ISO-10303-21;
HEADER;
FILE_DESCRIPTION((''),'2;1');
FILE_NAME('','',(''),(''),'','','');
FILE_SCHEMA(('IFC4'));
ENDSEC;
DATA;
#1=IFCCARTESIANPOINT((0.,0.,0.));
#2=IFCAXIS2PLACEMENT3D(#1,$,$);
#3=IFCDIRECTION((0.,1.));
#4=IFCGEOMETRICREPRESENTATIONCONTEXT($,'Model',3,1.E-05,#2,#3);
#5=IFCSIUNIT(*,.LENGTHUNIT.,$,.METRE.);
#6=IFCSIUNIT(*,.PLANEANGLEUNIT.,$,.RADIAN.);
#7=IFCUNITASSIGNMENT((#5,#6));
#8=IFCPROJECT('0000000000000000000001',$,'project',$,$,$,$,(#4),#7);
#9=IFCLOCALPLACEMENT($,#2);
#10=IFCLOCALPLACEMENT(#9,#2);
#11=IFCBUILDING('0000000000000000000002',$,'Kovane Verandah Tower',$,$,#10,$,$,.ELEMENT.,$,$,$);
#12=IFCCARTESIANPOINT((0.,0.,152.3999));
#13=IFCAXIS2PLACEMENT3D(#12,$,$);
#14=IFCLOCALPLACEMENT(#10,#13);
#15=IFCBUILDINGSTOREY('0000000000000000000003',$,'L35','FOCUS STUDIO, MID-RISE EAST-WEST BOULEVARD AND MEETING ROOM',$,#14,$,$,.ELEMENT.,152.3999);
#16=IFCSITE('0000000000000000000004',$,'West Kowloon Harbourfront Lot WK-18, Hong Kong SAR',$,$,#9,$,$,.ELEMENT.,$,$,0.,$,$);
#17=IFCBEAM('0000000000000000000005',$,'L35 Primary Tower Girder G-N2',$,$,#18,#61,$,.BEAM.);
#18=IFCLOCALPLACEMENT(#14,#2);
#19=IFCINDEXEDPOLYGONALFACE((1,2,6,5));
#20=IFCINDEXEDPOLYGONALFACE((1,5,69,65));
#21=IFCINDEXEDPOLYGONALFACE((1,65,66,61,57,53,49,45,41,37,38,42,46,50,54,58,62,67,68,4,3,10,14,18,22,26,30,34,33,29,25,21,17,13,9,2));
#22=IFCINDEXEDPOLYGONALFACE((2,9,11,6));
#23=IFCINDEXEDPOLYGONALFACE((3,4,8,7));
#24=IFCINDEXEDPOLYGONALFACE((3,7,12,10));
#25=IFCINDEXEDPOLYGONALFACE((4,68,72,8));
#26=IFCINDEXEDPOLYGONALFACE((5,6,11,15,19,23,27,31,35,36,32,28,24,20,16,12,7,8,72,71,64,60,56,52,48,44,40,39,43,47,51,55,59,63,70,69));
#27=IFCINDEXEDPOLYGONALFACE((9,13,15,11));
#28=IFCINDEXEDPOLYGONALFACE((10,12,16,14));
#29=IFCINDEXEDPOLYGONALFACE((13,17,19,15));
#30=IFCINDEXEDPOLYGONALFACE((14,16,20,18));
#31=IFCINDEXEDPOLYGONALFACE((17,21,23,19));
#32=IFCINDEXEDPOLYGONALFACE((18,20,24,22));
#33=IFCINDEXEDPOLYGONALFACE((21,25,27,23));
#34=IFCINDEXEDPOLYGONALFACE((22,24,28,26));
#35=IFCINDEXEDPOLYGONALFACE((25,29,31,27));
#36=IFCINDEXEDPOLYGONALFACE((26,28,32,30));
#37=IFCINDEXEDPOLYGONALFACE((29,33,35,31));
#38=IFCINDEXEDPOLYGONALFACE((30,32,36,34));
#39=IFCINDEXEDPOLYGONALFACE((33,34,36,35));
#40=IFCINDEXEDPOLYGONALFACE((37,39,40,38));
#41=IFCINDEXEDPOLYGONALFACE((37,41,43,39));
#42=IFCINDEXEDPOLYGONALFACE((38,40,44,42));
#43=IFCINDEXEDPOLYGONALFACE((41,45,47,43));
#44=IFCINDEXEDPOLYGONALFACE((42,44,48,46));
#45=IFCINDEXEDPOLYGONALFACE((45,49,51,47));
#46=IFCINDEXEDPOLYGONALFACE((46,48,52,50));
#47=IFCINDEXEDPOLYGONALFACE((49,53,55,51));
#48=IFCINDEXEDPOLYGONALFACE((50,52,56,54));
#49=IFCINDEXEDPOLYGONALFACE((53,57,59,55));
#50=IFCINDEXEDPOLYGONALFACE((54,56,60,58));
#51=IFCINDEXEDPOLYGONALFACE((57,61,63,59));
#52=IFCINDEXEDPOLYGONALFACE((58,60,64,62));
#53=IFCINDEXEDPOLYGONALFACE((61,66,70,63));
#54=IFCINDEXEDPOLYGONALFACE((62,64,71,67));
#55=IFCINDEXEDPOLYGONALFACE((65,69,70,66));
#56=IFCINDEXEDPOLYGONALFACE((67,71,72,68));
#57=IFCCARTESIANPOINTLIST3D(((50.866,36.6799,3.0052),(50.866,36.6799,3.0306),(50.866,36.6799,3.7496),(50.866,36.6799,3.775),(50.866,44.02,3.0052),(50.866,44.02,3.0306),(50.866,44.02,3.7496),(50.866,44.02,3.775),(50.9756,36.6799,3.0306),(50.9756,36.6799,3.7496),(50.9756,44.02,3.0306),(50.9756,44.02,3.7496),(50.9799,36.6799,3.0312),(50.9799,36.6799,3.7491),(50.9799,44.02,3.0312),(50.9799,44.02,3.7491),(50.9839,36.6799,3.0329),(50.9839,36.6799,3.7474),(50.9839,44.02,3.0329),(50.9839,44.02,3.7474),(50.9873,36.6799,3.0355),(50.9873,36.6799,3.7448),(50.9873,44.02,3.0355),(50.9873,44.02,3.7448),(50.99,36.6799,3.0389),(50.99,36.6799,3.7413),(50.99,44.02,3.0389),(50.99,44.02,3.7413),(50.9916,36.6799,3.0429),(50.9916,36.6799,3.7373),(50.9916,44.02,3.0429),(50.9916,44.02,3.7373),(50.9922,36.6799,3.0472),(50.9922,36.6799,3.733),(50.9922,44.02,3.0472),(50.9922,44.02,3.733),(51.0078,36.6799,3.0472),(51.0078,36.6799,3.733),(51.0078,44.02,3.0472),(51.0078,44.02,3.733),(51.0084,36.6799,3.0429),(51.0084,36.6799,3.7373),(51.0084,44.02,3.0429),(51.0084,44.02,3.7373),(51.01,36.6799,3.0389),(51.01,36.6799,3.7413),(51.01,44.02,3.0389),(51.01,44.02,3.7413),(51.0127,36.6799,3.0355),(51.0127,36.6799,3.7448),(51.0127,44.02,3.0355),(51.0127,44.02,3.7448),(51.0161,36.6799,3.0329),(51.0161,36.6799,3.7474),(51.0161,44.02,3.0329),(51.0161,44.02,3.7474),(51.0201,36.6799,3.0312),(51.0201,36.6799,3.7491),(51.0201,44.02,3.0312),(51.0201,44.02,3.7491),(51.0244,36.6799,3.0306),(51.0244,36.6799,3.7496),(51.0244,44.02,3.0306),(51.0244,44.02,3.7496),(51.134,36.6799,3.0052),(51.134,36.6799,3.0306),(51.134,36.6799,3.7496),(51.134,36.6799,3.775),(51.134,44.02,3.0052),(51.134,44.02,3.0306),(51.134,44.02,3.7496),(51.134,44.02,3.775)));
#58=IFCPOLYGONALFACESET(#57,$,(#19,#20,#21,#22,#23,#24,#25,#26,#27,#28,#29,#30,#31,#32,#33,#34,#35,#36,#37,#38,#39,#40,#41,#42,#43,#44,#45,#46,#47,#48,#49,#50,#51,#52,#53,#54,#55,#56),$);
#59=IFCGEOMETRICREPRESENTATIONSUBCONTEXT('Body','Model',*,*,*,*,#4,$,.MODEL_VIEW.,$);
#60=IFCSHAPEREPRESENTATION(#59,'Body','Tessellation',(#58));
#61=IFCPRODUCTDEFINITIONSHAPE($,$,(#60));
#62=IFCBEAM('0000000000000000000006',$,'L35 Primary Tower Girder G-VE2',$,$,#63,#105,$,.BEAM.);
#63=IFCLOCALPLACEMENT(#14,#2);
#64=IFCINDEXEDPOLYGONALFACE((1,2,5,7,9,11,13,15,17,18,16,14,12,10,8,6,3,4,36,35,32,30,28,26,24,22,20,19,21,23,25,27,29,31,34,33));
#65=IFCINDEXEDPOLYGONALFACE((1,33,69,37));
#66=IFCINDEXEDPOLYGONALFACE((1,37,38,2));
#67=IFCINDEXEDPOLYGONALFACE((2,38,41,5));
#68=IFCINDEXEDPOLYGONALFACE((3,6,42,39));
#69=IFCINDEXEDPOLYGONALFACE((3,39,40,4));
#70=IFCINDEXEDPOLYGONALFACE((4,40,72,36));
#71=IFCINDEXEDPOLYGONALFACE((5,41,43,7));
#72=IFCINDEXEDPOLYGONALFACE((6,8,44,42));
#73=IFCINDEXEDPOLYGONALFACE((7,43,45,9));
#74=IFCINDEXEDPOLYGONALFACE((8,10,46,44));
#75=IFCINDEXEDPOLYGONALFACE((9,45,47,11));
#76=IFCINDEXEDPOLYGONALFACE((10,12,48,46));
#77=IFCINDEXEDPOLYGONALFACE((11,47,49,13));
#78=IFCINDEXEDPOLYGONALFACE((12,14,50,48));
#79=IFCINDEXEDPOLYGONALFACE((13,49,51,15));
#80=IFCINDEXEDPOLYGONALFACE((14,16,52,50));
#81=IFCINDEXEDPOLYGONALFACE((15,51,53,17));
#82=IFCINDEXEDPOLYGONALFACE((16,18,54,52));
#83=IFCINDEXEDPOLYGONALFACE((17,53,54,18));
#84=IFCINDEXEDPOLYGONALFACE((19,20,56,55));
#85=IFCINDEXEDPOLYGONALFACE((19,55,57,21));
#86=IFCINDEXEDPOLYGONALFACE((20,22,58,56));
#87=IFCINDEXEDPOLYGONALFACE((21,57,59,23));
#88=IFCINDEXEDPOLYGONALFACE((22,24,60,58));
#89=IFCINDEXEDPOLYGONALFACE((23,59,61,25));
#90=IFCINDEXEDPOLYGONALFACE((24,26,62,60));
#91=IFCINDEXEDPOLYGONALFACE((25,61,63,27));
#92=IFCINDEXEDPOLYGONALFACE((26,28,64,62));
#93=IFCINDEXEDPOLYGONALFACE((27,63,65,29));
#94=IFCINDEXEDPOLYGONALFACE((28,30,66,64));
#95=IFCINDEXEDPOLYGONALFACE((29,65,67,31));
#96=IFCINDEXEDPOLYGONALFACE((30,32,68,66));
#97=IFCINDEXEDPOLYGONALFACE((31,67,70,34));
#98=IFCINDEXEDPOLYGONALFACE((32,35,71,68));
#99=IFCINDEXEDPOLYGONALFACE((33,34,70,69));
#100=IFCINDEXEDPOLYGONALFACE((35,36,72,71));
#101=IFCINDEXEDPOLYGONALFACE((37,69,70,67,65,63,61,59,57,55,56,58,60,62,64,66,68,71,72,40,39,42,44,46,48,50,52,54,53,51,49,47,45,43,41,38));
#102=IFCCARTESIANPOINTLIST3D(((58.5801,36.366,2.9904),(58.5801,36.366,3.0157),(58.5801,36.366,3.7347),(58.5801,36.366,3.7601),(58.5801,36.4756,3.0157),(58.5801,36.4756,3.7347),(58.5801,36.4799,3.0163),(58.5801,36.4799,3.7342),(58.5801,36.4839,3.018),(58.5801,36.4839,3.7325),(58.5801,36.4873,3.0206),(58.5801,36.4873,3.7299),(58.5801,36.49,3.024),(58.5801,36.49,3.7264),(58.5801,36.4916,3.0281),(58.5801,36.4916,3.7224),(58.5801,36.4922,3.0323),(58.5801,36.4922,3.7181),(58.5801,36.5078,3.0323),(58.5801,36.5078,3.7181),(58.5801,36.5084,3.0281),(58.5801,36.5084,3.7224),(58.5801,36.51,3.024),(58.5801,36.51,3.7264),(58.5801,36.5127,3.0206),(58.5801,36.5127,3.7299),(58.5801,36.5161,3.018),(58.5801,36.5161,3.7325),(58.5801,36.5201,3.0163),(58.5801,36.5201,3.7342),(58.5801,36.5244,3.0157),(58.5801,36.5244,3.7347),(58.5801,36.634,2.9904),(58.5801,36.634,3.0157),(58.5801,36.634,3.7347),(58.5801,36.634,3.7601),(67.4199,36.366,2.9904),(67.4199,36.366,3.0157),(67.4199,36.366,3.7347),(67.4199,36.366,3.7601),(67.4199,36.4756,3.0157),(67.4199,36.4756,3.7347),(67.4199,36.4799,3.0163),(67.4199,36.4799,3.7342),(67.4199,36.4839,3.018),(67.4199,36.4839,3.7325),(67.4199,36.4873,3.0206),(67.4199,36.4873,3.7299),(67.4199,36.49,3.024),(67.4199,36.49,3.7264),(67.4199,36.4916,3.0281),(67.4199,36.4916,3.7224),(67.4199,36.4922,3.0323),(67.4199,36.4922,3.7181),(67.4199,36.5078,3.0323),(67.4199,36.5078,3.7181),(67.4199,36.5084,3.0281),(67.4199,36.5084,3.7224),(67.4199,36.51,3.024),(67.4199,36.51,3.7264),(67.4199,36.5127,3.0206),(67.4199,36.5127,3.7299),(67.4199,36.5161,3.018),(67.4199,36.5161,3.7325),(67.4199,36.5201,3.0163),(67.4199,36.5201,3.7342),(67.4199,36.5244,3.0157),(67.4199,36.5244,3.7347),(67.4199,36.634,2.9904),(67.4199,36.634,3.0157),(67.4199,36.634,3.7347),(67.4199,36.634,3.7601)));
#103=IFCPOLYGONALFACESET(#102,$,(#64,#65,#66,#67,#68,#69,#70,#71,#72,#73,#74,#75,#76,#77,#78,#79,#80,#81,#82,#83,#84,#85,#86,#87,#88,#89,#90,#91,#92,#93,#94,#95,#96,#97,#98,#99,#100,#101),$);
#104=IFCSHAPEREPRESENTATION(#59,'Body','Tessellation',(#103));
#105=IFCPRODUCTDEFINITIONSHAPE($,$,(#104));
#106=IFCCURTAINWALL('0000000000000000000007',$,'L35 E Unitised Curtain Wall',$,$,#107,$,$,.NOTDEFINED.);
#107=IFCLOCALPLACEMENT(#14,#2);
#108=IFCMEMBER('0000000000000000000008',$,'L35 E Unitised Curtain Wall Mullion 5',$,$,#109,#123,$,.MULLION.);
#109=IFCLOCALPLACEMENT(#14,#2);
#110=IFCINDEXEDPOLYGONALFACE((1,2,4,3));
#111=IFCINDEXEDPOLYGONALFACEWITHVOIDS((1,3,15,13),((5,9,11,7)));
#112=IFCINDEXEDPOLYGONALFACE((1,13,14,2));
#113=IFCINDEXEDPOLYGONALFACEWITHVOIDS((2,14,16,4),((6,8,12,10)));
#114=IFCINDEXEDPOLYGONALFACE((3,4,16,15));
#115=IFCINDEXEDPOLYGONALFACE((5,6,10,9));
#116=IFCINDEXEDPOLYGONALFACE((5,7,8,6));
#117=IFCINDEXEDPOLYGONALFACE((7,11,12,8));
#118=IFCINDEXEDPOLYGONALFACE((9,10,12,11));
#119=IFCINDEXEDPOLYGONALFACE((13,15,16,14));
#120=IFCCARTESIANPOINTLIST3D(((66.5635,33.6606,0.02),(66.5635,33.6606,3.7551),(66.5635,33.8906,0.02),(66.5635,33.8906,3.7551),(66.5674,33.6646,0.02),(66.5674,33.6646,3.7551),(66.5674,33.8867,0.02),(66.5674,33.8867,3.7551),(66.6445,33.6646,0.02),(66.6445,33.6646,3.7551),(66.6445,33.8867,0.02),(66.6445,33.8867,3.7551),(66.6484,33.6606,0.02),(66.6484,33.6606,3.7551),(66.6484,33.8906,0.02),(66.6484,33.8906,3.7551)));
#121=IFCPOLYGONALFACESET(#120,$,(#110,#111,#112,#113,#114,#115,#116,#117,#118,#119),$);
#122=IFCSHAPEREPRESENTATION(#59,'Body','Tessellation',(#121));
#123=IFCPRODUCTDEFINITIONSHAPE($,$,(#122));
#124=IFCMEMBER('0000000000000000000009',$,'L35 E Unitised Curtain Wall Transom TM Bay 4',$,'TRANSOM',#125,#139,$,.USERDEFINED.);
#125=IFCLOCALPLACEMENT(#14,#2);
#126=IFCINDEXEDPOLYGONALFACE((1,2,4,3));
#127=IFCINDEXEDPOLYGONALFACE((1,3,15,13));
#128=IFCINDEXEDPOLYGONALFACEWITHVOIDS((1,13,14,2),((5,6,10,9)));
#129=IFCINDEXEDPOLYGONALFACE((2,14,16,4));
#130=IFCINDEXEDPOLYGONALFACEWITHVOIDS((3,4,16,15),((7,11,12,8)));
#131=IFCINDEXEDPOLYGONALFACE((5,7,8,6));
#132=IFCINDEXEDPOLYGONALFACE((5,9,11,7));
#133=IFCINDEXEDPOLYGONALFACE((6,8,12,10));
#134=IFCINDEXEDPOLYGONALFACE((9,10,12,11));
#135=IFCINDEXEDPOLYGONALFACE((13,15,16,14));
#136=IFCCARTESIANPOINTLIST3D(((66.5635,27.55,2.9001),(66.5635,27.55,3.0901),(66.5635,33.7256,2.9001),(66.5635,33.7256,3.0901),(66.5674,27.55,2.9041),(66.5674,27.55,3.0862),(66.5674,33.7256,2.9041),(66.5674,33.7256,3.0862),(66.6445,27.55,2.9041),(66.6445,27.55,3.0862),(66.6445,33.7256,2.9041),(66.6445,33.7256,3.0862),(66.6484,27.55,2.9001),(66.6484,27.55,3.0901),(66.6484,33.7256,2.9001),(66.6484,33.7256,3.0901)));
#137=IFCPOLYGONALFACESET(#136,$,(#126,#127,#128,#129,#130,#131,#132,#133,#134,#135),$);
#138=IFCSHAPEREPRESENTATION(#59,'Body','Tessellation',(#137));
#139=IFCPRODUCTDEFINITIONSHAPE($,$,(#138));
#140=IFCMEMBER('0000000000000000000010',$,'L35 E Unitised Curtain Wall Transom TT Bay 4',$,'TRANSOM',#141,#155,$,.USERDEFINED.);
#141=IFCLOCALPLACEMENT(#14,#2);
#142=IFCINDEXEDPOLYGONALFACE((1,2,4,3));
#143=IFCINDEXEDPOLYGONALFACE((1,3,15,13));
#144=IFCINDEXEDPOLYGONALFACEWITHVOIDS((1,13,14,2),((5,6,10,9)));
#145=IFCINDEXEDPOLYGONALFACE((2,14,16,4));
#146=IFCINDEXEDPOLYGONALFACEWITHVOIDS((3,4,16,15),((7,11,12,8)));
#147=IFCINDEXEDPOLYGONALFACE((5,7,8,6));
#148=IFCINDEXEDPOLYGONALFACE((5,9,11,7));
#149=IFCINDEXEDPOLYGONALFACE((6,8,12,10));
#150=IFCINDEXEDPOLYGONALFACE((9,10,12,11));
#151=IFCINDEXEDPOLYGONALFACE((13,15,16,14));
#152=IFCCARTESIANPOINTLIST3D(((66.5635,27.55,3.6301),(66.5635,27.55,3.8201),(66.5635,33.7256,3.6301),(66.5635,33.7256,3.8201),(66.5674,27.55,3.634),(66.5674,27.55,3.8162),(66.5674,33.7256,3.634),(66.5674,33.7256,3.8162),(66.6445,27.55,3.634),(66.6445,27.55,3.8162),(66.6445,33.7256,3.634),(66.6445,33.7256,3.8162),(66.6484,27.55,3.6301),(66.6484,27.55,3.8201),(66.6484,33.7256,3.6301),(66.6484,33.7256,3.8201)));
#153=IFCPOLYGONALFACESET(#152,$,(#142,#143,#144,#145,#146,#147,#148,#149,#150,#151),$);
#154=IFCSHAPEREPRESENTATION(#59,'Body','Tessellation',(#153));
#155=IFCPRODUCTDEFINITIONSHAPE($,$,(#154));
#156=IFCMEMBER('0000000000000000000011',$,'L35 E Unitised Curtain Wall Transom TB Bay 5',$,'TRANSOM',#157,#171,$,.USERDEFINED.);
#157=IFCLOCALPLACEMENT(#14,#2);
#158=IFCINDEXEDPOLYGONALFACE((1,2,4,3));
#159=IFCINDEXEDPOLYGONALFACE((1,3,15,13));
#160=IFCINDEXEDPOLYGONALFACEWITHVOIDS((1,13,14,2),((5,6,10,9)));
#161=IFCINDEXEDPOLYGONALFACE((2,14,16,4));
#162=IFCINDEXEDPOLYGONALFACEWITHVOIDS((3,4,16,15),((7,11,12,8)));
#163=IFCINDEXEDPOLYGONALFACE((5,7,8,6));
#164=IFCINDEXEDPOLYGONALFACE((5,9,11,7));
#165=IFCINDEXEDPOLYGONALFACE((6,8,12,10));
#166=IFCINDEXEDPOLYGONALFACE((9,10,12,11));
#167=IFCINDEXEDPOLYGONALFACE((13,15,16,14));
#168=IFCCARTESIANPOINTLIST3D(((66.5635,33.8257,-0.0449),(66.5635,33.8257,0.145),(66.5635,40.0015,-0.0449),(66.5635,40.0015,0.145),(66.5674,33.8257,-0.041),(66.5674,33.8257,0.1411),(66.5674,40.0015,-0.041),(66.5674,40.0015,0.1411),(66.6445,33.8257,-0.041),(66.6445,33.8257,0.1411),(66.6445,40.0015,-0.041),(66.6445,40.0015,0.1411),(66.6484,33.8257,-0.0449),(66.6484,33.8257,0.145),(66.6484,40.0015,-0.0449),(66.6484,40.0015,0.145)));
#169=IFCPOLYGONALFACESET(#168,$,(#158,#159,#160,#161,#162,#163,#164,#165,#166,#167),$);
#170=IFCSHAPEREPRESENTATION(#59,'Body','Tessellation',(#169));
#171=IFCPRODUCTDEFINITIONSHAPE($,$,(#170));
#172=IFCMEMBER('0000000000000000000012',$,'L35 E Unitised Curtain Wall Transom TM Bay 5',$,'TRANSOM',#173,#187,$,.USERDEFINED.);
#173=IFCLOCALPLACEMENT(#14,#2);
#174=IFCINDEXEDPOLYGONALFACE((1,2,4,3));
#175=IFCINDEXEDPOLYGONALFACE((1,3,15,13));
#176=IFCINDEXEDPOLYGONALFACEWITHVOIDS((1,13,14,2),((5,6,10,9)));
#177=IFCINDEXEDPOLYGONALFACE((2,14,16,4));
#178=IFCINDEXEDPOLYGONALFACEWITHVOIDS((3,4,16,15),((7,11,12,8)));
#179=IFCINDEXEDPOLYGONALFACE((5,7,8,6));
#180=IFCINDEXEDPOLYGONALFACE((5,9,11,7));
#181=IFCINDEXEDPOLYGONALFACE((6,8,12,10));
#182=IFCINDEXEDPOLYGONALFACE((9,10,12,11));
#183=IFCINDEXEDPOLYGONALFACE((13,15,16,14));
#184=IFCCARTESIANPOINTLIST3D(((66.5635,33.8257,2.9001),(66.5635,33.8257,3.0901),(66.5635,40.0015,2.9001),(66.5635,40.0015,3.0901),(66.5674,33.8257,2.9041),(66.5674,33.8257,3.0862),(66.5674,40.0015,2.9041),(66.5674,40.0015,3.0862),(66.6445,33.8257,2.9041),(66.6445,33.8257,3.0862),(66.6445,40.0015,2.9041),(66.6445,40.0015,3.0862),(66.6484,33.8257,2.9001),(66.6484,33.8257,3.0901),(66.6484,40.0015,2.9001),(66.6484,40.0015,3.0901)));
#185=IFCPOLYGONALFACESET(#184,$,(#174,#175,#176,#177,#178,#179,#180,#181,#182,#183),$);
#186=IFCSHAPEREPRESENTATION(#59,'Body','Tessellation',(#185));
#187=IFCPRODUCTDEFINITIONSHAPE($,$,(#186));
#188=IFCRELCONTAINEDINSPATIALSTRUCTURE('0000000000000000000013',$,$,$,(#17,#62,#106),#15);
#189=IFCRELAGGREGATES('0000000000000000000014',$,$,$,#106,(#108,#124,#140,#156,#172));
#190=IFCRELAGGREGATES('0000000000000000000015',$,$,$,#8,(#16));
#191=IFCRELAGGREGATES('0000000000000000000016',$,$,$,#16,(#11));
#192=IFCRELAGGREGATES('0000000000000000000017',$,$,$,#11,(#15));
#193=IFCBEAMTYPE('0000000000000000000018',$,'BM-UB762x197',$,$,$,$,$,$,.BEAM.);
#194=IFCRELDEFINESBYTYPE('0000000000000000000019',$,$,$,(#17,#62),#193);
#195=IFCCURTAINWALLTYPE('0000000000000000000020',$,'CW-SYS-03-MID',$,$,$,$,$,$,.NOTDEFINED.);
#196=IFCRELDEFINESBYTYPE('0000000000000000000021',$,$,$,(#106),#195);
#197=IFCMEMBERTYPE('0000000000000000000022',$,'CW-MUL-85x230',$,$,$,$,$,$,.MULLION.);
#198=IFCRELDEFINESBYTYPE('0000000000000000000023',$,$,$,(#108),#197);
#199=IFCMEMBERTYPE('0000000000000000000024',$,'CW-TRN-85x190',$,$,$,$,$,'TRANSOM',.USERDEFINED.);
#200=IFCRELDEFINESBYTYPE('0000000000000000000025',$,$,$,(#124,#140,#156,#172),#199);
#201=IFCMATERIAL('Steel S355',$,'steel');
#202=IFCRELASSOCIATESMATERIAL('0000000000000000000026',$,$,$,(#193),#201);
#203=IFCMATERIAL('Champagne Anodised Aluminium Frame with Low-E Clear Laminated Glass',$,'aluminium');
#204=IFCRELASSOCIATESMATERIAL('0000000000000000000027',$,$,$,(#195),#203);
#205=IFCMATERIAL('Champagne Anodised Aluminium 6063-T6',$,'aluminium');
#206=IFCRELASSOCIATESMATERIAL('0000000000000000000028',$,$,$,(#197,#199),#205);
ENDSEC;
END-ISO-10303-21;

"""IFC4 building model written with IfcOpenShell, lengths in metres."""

from ifc_helpers import new_model, si_unit, direction, frame, origin, origin_2d, place, context, subcontext, project, spatial, hollow_rectangle, i_section, extrude, material, material_profile, profile_set, type_object, element, aggregate, save


model = new_model("IFC4")

# Units and contexts
model_context = context("Model", 3, precision=1e-05, world=origin(), true_north=direction((0.0, 1.0)))
body_context = subcontext(model_context, "Body", "Model", "MODEL_VIEW")
ifc_project = project(units=[si_unit("LENGTHUNIT", "METRE"), si_unit("PLANEANGLEUNIT", "RADIAN")], contexts=[model_context])

# Site, building, storey
site_placement = place(None, origin())
site = spatial("IfcSite", under=ifc_project, at=site_placement, Name="West Kowloon Harbourfront Lot WK-18, Hong Kong SAR", CompositionType="ELEMENT", RefElevation=0.0)
building_placement = place(site_placement, origin())
building = spatial("IfcBuilding", under=site, at=building_placement, Name="Kovane Verandah Tower", CompositionType="ELEMENT")
storey_placement = place(building_placement, frame((0.0, 0.0, 152.3999)))
storey = spatial("IfcBuildingStorey", under=building, at=storey_placement, Name="L35", Description="FOCUS STUDIO, MID-RISE EAST-WEST BOULEVARD AND MEETING ROOM", CompositionType="ELEMENT", Elevation=152.3999)

# Beams
ifc_material_1 = material(Name="Steel S355", Category="steel")
ifc_material_profile_1 = material_profile(ifc_material_1, i_section(OverallWidth=0.2681, OverallDepth=0.7698, WebThickness=0.0156, FlangeThickness=0.0254, FilletRadius=0.0166, at=origin_2d()), Name="UB762x267x197")
ifc_profile_set_1 = profile_set([ifc_material_profile_1], Name="Steel S355")
beam_type_1 = type_object("IfcBeamType", Name="BM-UB762x197", PredefinedType="BEAM", material=ifc_profile_set_1)
beam_1_placement = place(storey_placement, frame((51.0, 36.6799, 3.3901), z_axis=(0.0, 1.0, 0.0), x_axis=(-1.0, 0.0, 0.0)))
element("IfcBeam", 1, at=beam_1_placement, inside=storey, type_object=beam_type_1, Name="L35 Primary Tower Girder G-N2", PredefinedType="BEAM", context=body_context, shape_type="SweptSolid", body=[
    extrude(i_section(OverallWidth=0.2681, OverallDepth=0.7698, WebThickness=0.0156, FlangeThickness=0.0254, FilletRadius=0.0166, at=origin_2d()), origin(), (0.0, 0.0, 1.0), 7.3401),
])
beam_2_placement = place(storey_placement, frame((58.5801, 36.5, 3.3752), z_axis=(1.0, 0.0, 0.0), x_axis=(0.0, 1.0, 0.0)))
element("IfcBeam", 2, at=beam_2_placement, inside=storey, type_object=beam_type_1, Name="L35 Primary Tower Girder G-VE2", PredefinedType="BEAM", context=body_context, shape_type="SweptSolid", body=[
    extrude(i_section(OverallWidth=0.2681, OverallDepth=0.7698, WebThickness=0.0156, FlangeThickness=0.0254, FilletRadius=0.0166, at=origin_2d()), origin(), (0.0, 0.0, 1.0), 8.8398),
])

# Curtain wall, members
ifc_material_2 = material(Name="Champagne Anodised Aluminium Frame with Low-E Clear Laminated Glass", Category="aluminium")
curtain_wall_type = type_object("IfcCurtainWallType", Name="CW-SYS-03-MID", PredefinedType="NOTDEFINED", material=ifc_material_2)
curtain_wall_placement = place(storey_placement, origin())
curtain_wall = element("IfcCurtainWall", 3, at=curtain_wall_placement, inside=storey, type_object=curtain_wall_type, Name="L35 E Unitised Curtain Wall", PredefinedType="NOTDEFINED")
ifc_material_3 = material(Name="Champagne Anodised Aluminium 6063-T6", Category="aluminium")
ifc_material_profile_2 = material_profile(ifc_material_3, hollow_rectangle(XDim=0.085, YDim=0.23, WallThickness=0.0039, at=origin_2d()), Name="AL85x230x4")
ifc_profile_set_2 = profile_set([ifc_material_profile_2], Name="Champagne Anodised Aluminium 6063-T6")
member_type_1 = type_object("IfcMemberType", Name="CW-MUL-85x230", PredefinedType="MULLION", material=ifc_profile_set_2)
member_1_placement = place(storey_placement, frame((66.606, 33.7756, 0.02), z_axis=(0.0, 0.0, 1.0), x_axis=(1.0, 0.0, 0.0)))
member_1 = element("IfcMember", 4, at=member_1_placement, type_object=member_type_1, Name="L35 E Unitised Curtain Wall Mullion 5", PredefinedType="MULLION", context=body_context, shape_type="SweptSolid", body=[
    extrude(hollow_rectangle(XDim=0.085, YDim=0.23, WallThickness=0.0039, at=origin_2d()), origin(), (0.0, 0.0, 1.0), 3.7351),
])
ifc_material_profile_3 = material_profile(ifc_material_3, hollow_rectangle(XDim=0.085, YDim=0.1899, WallThickness=0.0039, at=origin_2d()), Name="AL85x190x4")
ifc_profile_set_3 = profile_set([ifc_material_profile_3], Name="Champagne Anodised Aluminium 6063-T6")
member_type_2 = type_object("IfcMemberType", Name="CW-TRN-85x190", ElementType="TRANSOM", PredefinedType="USERDEFINED", material=ifc_profile_set_3)
member_2_placement = place(storey_placement, frame((66.606, 27.55, 2.9951), z_axis=(0.0, 1.0, 0.0), x_axis=(-1.0, 0.0, 0.0)))
member_2 = element("IfcMember", 5, at=member_2_placement, type_object=member_type_2, Name="L35 E Unitised Curtain Wall Transom TM Bay 4", ObjectType="TRANSOM", PredefinedType="USERDEFINED", context=body_context, shape_type="SweptSolid", body=[
    extrude(hollow_rectangle(XDim=0.085, YDim=0.1899, WallThickness=0.0039, at=origin_2d()), origin(), (0.0, 0.0, 1.0), 6.1755),
])
member_3_placement = place(storey_placement, frame((66.606, 27.55, 3.7251), z_axis=(0.0, 1.0, 0.0), x_axis=(-1.0, 0.0, 0.0)))
member_3 = element("IfcMember", 6, at=member_3_placement, type_object=member_type_2, Name="L35 E Unitised Curtain Wall Transom TT Bay 4", ObjectType="TRANSOM", PredefinedType="USERDEFINED", context=body_context, shape_type="SweptSolid", body=[
    extrude(hollow_rectangle(XDim=0.085, YDim=0.1899, WallThickness=0.0039, at=origin_2d()), origin(), (0.0, 0.0, 1.0), 6.1755),
])
member_4_placement = place(storey_placement, frame((66.606, 33.8257, 0.05), z_axis=(0.0, 1.0, 0.0), x_axis=(-1.0, 0.0, 0.0)))
member_4 = element("IfcMember", 7, at=member_4_placement, type_object=member_type_2, Name="L35 E Unitised Curtain Wall Transom TB Bay 5", ObjectType="TRANSOM", PredefinedType="USERDEFINED", context=body_context, shape_type="SweptSolid", body=[
    extrude(hollow_rectangle(XDim=0.085, YDim=0.1899, WallThickness=0.0039, at=origin_2d()), origin(), (0.0, 0.0, 1.0), 6.1758),
])
member_5_placement = place(storey_placement, frame((66.606, 33.8257, 2.9951), z_axis=(0.0, 1.0, 0.0), x_axis=(-1.0, 0.0, 0.0)))
member_5 = element("IfcMember", 8, at=member_5_placement, type_object=member_type_2, Name="L35 E Unitised Curtain Wall Transom TM Bay 5", ObjectType="TRANSOM", PredefinedType="USERDEFINED", context=body_context, shape_type="SweptSolid", body=[
    extrude(hollow_rectangle(XDim=0.085, YDim=0.1899, WallThickness=0.0039, at=origin_2d()), origin(), (0.0, 0.0, 1.0), 6.1758),
])

aggregate(curtain_wall, [member_1, member_2, member_3, member_4, member_5])

save(model, "model.ifc")
